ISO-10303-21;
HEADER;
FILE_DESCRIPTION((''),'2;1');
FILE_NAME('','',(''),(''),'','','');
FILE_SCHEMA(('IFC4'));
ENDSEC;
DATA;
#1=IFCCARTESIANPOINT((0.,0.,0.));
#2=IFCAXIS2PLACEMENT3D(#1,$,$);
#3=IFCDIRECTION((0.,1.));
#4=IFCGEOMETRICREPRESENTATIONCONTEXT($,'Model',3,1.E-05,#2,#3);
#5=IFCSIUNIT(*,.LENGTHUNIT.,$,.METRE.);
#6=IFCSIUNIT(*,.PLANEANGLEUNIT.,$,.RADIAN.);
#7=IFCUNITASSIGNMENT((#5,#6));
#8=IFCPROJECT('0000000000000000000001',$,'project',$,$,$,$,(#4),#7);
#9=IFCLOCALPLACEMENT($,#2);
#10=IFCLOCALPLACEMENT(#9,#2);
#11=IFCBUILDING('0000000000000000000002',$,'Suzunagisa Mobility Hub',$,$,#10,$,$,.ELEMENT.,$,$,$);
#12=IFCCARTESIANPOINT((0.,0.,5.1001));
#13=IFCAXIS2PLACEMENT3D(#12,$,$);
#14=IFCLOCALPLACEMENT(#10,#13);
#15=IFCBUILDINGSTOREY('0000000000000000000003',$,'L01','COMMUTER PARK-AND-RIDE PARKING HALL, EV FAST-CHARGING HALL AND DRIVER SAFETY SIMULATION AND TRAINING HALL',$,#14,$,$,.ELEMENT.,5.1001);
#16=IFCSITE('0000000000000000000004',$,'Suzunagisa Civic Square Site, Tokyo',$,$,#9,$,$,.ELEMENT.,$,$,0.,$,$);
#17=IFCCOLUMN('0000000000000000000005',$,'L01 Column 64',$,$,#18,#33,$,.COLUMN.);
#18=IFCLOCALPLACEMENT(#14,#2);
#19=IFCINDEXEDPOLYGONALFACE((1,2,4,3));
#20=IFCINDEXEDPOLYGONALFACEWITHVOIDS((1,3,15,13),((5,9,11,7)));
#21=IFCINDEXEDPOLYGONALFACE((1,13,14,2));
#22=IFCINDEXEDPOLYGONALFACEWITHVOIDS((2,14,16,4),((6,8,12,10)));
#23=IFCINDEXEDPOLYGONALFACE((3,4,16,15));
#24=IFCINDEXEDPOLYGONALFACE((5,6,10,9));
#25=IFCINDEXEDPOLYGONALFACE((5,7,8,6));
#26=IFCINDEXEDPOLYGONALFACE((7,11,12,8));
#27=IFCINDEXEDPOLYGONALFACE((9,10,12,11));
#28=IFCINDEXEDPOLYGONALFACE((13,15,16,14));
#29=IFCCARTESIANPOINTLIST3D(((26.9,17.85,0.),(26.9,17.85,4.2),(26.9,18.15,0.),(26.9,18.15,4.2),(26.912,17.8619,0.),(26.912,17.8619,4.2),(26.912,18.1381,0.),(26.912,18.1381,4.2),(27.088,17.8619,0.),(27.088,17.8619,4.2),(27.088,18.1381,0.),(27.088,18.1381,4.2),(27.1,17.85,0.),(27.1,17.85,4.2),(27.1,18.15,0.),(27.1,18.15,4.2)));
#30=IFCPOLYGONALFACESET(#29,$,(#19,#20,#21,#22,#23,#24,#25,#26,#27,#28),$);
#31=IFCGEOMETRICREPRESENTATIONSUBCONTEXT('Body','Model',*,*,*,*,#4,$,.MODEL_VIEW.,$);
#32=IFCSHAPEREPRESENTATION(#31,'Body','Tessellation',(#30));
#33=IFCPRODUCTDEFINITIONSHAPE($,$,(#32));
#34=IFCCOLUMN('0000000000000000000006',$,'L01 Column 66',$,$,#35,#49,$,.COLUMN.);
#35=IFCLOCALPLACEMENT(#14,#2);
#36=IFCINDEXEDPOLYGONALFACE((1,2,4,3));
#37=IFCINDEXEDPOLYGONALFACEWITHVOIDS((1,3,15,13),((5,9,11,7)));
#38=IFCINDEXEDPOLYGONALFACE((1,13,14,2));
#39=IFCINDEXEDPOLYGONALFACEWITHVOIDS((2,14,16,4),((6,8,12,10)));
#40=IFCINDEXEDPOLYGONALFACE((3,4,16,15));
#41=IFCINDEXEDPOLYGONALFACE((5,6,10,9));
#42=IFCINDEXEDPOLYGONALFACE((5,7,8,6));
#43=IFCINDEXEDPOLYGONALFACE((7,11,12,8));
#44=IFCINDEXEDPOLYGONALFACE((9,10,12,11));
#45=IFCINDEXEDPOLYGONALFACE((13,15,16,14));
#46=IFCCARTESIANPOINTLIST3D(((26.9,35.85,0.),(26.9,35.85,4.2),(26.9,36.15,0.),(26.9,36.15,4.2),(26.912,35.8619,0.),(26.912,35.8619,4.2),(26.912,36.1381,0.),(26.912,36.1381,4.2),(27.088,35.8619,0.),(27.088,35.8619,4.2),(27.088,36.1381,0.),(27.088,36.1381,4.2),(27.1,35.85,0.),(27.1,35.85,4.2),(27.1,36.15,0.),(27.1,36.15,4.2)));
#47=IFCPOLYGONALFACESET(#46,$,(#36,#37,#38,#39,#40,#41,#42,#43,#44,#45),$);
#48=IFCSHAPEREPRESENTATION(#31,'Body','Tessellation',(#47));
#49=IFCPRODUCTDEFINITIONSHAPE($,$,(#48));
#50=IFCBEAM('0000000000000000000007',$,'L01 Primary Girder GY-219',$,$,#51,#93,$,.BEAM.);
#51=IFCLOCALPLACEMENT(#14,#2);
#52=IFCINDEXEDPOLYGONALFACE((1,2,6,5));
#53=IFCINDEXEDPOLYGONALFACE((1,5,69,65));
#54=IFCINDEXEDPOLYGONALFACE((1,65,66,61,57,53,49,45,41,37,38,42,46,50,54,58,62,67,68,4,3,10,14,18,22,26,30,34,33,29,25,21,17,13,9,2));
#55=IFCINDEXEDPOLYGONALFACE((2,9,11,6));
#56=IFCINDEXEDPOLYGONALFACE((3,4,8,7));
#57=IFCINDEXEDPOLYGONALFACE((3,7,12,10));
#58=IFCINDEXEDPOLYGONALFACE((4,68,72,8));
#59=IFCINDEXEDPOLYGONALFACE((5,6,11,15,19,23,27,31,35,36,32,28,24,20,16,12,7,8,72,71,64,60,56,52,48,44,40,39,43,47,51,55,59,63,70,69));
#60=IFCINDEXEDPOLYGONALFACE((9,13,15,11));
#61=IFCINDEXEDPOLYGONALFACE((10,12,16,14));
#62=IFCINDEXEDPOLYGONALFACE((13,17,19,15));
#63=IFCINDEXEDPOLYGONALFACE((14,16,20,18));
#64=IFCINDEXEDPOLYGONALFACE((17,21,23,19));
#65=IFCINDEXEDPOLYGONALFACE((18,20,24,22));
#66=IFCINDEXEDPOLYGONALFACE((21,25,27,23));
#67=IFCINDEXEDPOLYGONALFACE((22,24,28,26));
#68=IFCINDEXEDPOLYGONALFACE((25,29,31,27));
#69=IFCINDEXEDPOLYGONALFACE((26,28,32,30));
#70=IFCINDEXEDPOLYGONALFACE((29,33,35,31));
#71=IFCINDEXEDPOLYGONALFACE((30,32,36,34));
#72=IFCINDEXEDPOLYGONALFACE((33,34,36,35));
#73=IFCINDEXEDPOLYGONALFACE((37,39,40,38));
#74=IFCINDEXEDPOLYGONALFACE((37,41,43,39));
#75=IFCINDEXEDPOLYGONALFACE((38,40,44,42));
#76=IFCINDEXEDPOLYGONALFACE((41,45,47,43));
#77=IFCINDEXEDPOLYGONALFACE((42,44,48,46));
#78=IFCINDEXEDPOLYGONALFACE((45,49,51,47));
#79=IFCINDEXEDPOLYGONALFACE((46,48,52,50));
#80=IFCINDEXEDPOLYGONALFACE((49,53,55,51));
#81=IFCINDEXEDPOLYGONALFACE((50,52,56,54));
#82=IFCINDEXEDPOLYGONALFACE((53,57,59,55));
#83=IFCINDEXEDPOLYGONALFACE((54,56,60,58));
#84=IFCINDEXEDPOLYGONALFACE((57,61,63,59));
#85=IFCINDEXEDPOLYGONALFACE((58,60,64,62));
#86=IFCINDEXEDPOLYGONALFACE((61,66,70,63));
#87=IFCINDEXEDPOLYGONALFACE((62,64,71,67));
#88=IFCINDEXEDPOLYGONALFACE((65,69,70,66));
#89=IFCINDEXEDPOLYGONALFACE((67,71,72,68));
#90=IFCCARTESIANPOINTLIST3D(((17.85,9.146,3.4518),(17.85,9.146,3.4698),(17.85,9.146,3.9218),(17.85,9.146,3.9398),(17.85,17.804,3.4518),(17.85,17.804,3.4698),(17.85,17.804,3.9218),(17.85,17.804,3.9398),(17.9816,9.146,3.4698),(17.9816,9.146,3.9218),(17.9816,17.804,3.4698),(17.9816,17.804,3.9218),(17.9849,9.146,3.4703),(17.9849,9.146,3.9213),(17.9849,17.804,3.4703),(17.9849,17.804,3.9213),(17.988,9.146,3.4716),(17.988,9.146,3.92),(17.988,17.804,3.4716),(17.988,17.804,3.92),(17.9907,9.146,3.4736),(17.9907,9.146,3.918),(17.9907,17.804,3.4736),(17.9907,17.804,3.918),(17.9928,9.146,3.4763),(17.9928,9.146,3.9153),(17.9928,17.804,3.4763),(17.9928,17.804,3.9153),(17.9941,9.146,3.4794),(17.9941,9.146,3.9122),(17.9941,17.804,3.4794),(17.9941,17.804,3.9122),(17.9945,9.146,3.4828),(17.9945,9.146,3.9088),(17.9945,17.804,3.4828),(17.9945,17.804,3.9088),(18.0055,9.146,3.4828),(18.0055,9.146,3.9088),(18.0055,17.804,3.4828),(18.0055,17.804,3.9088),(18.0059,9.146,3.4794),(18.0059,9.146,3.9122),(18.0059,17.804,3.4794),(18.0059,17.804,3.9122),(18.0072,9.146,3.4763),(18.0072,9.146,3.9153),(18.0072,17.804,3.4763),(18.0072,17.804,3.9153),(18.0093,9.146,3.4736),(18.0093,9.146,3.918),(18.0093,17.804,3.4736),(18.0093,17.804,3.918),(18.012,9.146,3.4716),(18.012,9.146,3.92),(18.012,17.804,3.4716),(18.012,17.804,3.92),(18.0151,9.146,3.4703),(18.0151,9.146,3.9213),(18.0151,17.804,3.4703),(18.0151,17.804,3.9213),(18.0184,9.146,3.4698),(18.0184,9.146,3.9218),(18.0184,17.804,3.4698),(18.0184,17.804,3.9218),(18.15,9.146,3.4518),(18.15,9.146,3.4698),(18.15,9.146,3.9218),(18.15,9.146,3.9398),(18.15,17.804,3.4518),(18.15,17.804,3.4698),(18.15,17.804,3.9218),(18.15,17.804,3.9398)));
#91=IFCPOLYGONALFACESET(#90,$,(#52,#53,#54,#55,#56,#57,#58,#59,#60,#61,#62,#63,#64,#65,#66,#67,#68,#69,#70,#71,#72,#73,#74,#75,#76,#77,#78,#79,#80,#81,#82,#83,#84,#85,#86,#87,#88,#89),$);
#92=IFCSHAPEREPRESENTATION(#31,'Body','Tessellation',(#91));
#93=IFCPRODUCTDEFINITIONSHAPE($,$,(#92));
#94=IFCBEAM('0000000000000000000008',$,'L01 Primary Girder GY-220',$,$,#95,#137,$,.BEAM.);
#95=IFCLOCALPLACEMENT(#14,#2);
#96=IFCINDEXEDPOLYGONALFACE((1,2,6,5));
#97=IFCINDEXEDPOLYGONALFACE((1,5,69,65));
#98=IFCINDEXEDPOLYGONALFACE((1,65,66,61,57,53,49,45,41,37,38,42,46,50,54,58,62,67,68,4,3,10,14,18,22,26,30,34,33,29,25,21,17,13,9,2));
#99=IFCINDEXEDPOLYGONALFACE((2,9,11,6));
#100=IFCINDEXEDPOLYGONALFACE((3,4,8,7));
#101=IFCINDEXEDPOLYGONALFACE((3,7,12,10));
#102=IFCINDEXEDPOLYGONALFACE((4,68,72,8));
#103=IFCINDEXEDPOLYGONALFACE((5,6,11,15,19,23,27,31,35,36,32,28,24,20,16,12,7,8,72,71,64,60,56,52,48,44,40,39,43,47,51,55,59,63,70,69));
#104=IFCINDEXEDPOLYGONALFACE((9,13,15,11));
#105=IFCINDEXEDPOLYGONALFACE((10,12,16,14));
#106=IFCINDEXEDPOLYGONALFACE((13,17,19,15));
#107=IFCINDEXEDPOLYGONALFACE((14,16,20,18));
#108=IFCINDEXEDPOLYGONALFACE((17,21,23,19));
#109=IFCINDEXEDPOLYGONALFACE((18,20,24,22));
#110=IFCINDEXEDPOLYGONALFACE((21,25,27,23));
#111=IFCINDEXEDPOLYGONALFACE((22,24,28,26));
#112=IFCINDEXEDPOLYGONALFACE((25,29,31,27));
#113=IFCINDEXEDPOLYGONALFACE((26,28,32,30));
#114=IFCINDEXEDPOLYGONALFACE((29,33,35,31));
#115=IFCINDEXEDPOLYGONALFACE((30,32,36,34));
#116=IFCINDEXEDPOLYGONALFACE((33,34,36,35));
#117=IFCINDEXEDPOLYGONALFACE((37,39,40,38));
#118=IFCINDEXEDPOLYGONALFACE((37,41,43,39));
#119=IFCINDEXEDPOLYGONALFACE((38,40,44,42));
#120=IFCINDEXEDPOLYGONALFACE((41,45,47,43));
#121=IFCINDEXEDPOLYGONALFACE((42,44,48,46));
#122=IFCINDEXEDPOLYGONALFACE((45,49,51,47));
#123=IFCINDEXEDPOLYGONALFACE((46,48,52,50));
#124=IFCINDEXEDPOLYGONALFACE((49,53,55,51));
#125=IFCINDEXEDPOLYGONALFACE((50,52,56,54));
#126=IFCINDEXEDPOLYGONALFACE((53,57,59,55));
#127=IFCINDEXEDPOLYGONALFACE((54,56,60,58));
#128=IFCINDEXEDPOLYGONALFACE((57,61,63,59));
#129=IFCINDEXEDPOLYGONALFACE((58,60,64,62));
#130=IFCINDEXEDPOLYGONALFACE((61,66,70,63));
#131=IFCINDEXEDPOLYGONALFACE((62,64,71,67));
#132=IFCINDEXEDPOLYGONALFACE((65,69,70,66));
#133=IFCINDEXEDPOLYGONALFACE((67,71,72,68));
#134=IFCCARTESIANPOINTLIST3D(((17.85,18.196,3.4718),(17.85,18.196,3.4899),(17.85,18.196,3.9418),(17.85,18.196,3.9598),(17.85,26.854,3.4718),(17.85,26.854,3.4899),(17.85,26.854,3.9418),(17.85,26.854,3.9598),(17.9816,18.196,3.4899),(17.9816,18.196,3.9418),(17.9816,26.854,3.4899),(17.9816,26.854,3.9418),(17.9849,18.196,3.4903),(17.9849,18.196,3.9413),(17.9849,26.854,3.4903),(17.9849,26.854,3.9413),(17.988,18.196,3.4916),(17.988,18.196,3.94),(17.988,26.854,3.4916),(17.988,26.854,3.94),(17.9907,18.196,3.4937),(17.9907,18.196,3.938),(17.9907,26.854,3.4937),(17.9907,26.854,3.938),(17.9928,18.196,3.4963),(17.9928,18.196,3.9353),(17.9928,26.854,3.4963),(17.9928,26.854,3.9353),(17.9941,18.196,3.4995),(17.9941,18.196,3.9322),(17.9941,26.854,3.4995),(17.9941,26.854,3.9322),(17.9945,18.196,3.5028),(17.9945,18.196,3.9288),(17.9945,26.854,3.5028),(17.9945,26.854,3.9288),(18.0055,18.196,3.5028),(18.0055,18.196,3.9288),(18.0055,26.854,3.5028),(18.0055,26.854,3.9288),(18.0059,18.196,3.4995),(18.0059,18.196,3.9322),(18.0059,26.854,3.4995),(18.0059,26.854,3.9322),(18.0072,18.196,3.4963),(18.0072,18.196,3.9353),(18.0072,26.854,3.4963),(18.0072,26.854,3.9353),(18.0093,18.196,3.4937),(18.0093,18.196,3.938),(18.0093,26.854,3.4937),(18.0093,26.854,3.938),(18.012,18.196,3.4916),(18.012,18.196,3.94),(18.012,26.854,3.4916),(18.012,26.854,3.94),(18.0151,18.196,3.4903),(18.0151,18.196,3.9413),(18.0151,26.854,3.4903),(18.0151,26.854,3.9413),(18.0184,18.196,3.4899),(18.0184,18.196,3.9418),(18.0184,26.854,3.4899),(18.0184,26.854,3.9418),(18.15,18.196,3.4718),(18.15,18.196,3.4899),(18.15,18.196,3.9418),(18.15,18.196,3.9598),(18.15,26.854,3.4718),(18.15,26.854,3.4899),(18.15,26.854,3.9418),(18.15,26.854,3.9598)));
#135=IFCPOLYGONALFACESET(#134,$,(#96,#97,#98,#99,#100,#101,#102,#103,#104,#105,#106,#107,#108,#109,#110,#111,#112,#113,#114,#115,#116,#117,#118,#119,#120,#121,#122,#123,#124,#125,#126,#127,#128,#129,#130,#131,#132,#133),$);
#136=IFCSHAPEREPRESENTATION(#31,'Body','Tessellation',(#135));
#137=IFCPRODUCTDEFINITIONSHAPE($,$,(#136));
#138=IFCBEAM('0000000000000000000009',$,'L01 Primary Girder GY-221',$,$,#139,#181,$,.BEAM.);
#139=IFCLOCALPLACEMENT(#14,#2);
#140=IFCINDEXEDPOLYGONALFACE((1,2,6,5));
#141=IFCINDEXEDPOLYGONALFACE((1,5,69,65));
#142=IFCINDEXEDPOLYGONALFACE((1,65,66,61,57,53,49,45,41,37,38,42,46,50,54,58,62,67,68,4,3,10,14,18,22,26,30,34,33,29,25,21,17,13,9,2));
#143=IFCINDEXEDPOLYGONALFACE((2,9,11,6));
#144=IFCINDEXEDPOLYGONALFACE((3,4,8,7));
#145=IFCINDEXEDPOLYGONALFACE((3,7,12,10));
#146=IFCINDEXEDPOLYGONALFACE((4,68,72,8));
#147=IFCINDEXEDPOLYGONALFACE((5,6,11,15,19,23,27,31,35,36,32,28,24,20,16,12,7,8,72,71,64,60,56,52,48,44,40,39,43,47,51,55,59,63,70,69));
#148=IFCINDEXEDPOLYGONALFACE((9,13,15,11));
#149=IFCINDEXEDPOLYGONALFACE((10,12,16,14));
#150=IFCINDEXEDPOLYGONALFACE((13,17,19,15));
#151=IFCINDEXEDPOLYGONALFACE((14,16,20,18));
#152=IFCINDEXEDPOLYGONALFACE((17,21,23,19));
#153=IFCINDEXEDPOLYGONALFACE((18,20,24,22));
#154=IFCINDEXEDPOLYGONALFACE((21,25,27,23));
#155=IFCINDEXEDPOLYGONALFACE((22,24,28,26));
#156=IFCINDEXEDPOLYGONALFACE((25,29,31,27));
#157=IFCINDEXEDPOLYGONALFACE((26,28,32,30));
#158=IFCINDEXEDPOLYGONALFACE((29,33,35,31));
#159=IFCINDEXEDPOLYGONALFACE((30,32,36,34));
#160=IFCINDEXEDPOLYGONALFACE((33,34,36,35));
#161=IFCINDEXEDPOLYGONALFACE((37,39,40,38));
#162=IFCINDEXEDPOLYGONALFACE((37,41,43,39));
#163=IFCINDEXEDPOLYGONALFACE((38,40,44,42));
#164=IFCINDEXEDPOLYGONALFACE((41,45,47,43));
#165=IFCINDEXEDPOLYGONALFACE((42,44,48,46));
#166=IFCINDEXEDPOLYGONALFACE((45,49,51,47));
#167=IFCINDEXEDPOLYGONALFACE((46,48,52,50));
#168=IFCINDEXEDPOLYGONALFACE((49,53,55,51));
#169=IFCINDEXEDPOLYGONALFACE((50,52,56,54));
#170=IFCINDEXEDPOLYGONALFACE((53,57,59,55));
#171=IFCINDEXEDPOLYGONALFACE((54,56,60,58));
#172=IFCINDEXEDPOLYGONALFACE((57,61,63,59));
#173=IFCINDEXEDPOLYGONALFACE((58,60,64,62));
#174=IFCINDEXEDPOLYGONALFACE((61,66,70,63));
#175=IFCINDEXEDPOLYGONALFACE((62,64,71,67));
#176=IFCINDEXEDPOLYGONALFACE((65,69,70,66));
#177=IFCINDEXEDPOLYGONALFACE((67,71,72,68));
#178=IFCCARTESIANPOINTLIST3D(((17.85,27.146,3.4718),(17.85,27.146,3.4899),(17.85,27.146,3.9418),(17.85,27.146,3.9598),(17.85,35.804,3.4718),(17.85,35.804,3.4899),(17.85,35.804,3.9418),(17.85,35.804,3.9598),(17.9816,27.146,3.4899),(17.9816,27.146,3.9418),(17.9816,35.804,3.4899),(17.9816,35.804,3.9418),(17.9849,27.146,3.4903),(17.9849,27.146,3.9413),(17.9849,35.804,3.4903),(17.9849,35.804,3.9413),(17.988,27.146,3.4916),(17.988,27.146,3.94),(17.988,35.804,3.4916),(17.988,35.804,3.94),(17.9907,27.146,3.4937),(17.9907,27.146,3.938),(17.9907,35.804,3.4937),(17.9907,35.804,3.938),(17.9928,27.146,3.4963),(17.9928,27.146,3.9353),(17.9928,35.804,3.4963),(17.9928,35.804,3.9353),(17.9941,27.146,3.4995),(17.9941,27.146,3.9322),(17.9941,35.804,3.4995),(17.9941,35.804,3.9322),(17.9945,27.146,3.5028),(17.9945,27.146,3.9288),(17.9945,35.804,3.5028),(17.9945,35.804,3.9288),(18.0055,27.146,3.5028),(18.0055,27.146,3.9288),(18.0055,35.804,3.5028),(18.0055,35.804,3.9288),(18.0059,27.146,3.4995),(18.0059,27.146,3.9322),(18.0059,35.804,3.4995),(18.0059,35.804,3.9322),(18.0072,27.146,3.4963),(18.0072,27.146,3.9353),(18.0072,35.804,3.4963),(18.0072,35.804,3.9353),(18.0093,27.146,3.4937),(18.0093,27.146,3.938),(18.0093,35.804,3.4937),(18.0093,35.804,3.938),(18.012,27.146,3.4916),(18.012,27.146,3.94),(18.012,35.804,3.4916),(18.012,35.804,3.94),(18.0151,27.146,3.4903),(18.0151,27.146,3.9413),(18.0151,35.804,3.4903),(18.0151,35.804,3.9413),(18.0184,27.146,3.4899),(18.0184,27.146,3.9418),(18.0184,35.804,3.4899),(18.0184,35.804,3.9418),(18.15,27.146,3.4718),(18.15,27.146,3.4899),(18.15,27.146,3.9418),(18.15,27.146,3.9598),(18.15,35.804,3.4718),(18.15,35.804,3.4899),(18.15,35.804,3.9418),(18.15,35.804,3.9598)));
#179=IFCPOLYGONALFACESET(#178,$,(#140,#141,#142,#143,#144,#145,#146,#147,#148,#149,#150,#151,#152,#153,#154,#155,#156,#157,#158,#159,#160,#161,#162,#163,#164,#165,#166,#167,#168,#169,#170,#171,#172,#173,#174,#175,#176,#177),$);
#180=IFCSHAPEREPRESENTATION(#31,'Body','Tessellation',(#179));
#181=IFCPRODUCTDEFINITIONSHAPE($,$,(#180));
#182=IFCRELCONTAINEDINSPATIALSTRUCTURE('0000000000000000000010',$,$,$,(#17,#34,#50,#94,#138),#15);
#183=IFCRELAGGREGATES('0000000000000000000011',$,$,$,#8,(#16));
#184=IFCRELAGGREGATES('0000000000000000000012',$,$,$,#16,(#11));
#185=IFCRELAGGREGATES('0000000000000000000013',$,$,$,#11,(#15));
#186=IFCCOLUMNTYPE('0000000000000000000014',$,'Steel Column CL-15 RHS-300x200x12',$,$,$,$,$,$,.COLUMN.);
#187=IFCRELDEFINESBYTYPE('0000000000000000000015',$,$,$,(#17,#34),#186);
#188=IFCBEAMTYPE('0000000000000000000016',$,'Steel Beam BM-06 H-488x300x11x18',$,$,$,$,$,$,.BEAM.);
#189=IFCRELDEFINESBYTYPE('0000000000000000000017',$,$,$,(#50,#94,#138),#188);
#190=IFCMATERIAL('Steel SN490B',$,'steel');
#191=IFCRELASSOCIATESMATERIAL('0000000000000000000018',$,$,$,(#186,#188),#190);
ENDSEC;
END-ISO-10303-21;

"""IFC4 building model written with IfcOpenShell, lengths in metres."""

from ifc_helpers import new_model, si_unit, direction, frame, origin, origin_2d, place, context, subcontext, project, spatial, hollow_rectangle, i_section, extrude, material, material_profile, profile_set, type_object, element, save


model = new_model("IFC4")

# Units and contexts
model_context = context("Model", 3, precision=1e-05, world=origin(), true_north=direction((0.0, 1.0)))
body_context = subcontext(model_context, "Body", "Model", "MODEL_VIEW")
ifc_project = project(units=[si_unit("LENGTHUNIT", "METRE"), si_unit("PLANEANGLEUNIT", "RADIAN")], contexts=[model_context])

# Site, building, storey
site_placement = place(None, origin())
site = spatial("IfcSite", under=ifc_project, at=site_placement, Name="Suzunagisa Civic Square Site, Tokyo", CompositionType="ELEMENT", RefElevation=0.0)
building_placement = place(site_placement, origin())
building = spatial("IfcBuilding", under=site, at=building_placement, Name="Suzunagisa Mobility Hub", CompositionType="ELEMENT")
storey_placement = place(building_placement, frame((0.0, 0.0, 5.1001)))
storey = spatial("IfcBuildingStorey", under=building, at=storey_placement, Name="L01", Description="COMMUTER PARK-AND-RIDE PARKING HALL, EV FAST-CHARGING HALL AND DRIVER SAFETY SIMULATION AND TRAINING HALL", CompositionType="ELEMENT", Elevation=5.1001)

# Columns
ifc_material_1 = material(Name="Steel SN490B", Category="steel")
ifc_material_profile_1 = material_profile(ifc_material_1, hollow_rectangle(XDim=0.2, YDim=0.3, WallThickness=0.012, at=origin_2d()), Name="RHS-300x200x12")
ifc_profile_set_1 = profile_set([ifc_material_profile_1], Name="Steel SN490B")
column_type_1 = type_object("IfcColumnType", Name="Steel Column CL-15 RHS-300x200x12", PredefinedType="COLUMN", material=ifc_profile_set_1)
for number, where, z_axis, x_axis, name in (
    (1, (27.0, 18.0, 0.0), (0.0, 0.0, 1.0), (1.0, 0.0, 0.0), "L01 Column 64"),
    (2, (27.0, 36.0, 0.0), (0.0, 0.0, 1.0), (1.0, 0.0, 0.0), "L01 Column 66"),
):
    element("IfcColumn", number, at=place(storey_placement, frame(where, z_axis=z_axis, x_axis=x_axis)), inside=storey, type_object=column_type_1, Name=name, PredefinedType="COLUMN", context=body_context, shape_type="SweptSolid", body=[
        extrude(hollow_rectangle(XDim=0.2, YDim=0.3, WallThickness=0.012, at=origin_2d()), origin(), (0.0, 0.0, 1.0), 4.2),
    ])

# Beams
ifc_material_profile_2 = material_profile(ifc_material_1, i_section(OverallWidth=0.3, OverallDepth=0.488, WebThickness=0.011, FlangeThickness=0.0181, FilletRadius=0.0129, at=origin_2d()), Name="H-488x300x11x18")
ifc_profile_set_2 = profile_set([ifc_material_profile_2], Name="Steel SN490B")
beam_type_1 = type_object("IfcBeamType", Name="Steel Beam BM-06 H-488x300x11x18", PredefinedType="BEAM", material=ifc_profile_set_2)
for number, where, z_axis, x_axis, name in (
    (3, (18.0, 9.146, 3.6958), (0.0, 1.0, 0.0), (-1.0, 0.0, 0.0), "L01 Primary Girder GY-219"),
    (4, (18.0, 18.196, 3.7158), (0.0, 1.0, 0.0), (-1.0, 0.0, 0.0), "L01 Primary Girder GY-220"),
    (5, (18.0, 27.146, 3.7158), (0.0, 1.0, 0.0), (-1.0, 0.0, 0.0), "L01 Primary Girder GY-221"),
):
    element("IfcBeam", number, at=place(storey_placement, frame(where, z_axis=z_axis, x_axis=x_axis)), inside=storey, type_object=beam_type_1, Name=name, PredefinedType="BEAM", context=body_context, shape_type="SweptSolid", body=[
        extrude(i_section(OverallWidth=0.3, OverallDepth=0.488, WebThickness=0.011, FlangeThickness=0.0181, FilletRadius=0.0129, at=origin_2d()), origin(), (0.0, 0.0, 1.0), 8.658),
    ])

save(model, "model.ifc")
